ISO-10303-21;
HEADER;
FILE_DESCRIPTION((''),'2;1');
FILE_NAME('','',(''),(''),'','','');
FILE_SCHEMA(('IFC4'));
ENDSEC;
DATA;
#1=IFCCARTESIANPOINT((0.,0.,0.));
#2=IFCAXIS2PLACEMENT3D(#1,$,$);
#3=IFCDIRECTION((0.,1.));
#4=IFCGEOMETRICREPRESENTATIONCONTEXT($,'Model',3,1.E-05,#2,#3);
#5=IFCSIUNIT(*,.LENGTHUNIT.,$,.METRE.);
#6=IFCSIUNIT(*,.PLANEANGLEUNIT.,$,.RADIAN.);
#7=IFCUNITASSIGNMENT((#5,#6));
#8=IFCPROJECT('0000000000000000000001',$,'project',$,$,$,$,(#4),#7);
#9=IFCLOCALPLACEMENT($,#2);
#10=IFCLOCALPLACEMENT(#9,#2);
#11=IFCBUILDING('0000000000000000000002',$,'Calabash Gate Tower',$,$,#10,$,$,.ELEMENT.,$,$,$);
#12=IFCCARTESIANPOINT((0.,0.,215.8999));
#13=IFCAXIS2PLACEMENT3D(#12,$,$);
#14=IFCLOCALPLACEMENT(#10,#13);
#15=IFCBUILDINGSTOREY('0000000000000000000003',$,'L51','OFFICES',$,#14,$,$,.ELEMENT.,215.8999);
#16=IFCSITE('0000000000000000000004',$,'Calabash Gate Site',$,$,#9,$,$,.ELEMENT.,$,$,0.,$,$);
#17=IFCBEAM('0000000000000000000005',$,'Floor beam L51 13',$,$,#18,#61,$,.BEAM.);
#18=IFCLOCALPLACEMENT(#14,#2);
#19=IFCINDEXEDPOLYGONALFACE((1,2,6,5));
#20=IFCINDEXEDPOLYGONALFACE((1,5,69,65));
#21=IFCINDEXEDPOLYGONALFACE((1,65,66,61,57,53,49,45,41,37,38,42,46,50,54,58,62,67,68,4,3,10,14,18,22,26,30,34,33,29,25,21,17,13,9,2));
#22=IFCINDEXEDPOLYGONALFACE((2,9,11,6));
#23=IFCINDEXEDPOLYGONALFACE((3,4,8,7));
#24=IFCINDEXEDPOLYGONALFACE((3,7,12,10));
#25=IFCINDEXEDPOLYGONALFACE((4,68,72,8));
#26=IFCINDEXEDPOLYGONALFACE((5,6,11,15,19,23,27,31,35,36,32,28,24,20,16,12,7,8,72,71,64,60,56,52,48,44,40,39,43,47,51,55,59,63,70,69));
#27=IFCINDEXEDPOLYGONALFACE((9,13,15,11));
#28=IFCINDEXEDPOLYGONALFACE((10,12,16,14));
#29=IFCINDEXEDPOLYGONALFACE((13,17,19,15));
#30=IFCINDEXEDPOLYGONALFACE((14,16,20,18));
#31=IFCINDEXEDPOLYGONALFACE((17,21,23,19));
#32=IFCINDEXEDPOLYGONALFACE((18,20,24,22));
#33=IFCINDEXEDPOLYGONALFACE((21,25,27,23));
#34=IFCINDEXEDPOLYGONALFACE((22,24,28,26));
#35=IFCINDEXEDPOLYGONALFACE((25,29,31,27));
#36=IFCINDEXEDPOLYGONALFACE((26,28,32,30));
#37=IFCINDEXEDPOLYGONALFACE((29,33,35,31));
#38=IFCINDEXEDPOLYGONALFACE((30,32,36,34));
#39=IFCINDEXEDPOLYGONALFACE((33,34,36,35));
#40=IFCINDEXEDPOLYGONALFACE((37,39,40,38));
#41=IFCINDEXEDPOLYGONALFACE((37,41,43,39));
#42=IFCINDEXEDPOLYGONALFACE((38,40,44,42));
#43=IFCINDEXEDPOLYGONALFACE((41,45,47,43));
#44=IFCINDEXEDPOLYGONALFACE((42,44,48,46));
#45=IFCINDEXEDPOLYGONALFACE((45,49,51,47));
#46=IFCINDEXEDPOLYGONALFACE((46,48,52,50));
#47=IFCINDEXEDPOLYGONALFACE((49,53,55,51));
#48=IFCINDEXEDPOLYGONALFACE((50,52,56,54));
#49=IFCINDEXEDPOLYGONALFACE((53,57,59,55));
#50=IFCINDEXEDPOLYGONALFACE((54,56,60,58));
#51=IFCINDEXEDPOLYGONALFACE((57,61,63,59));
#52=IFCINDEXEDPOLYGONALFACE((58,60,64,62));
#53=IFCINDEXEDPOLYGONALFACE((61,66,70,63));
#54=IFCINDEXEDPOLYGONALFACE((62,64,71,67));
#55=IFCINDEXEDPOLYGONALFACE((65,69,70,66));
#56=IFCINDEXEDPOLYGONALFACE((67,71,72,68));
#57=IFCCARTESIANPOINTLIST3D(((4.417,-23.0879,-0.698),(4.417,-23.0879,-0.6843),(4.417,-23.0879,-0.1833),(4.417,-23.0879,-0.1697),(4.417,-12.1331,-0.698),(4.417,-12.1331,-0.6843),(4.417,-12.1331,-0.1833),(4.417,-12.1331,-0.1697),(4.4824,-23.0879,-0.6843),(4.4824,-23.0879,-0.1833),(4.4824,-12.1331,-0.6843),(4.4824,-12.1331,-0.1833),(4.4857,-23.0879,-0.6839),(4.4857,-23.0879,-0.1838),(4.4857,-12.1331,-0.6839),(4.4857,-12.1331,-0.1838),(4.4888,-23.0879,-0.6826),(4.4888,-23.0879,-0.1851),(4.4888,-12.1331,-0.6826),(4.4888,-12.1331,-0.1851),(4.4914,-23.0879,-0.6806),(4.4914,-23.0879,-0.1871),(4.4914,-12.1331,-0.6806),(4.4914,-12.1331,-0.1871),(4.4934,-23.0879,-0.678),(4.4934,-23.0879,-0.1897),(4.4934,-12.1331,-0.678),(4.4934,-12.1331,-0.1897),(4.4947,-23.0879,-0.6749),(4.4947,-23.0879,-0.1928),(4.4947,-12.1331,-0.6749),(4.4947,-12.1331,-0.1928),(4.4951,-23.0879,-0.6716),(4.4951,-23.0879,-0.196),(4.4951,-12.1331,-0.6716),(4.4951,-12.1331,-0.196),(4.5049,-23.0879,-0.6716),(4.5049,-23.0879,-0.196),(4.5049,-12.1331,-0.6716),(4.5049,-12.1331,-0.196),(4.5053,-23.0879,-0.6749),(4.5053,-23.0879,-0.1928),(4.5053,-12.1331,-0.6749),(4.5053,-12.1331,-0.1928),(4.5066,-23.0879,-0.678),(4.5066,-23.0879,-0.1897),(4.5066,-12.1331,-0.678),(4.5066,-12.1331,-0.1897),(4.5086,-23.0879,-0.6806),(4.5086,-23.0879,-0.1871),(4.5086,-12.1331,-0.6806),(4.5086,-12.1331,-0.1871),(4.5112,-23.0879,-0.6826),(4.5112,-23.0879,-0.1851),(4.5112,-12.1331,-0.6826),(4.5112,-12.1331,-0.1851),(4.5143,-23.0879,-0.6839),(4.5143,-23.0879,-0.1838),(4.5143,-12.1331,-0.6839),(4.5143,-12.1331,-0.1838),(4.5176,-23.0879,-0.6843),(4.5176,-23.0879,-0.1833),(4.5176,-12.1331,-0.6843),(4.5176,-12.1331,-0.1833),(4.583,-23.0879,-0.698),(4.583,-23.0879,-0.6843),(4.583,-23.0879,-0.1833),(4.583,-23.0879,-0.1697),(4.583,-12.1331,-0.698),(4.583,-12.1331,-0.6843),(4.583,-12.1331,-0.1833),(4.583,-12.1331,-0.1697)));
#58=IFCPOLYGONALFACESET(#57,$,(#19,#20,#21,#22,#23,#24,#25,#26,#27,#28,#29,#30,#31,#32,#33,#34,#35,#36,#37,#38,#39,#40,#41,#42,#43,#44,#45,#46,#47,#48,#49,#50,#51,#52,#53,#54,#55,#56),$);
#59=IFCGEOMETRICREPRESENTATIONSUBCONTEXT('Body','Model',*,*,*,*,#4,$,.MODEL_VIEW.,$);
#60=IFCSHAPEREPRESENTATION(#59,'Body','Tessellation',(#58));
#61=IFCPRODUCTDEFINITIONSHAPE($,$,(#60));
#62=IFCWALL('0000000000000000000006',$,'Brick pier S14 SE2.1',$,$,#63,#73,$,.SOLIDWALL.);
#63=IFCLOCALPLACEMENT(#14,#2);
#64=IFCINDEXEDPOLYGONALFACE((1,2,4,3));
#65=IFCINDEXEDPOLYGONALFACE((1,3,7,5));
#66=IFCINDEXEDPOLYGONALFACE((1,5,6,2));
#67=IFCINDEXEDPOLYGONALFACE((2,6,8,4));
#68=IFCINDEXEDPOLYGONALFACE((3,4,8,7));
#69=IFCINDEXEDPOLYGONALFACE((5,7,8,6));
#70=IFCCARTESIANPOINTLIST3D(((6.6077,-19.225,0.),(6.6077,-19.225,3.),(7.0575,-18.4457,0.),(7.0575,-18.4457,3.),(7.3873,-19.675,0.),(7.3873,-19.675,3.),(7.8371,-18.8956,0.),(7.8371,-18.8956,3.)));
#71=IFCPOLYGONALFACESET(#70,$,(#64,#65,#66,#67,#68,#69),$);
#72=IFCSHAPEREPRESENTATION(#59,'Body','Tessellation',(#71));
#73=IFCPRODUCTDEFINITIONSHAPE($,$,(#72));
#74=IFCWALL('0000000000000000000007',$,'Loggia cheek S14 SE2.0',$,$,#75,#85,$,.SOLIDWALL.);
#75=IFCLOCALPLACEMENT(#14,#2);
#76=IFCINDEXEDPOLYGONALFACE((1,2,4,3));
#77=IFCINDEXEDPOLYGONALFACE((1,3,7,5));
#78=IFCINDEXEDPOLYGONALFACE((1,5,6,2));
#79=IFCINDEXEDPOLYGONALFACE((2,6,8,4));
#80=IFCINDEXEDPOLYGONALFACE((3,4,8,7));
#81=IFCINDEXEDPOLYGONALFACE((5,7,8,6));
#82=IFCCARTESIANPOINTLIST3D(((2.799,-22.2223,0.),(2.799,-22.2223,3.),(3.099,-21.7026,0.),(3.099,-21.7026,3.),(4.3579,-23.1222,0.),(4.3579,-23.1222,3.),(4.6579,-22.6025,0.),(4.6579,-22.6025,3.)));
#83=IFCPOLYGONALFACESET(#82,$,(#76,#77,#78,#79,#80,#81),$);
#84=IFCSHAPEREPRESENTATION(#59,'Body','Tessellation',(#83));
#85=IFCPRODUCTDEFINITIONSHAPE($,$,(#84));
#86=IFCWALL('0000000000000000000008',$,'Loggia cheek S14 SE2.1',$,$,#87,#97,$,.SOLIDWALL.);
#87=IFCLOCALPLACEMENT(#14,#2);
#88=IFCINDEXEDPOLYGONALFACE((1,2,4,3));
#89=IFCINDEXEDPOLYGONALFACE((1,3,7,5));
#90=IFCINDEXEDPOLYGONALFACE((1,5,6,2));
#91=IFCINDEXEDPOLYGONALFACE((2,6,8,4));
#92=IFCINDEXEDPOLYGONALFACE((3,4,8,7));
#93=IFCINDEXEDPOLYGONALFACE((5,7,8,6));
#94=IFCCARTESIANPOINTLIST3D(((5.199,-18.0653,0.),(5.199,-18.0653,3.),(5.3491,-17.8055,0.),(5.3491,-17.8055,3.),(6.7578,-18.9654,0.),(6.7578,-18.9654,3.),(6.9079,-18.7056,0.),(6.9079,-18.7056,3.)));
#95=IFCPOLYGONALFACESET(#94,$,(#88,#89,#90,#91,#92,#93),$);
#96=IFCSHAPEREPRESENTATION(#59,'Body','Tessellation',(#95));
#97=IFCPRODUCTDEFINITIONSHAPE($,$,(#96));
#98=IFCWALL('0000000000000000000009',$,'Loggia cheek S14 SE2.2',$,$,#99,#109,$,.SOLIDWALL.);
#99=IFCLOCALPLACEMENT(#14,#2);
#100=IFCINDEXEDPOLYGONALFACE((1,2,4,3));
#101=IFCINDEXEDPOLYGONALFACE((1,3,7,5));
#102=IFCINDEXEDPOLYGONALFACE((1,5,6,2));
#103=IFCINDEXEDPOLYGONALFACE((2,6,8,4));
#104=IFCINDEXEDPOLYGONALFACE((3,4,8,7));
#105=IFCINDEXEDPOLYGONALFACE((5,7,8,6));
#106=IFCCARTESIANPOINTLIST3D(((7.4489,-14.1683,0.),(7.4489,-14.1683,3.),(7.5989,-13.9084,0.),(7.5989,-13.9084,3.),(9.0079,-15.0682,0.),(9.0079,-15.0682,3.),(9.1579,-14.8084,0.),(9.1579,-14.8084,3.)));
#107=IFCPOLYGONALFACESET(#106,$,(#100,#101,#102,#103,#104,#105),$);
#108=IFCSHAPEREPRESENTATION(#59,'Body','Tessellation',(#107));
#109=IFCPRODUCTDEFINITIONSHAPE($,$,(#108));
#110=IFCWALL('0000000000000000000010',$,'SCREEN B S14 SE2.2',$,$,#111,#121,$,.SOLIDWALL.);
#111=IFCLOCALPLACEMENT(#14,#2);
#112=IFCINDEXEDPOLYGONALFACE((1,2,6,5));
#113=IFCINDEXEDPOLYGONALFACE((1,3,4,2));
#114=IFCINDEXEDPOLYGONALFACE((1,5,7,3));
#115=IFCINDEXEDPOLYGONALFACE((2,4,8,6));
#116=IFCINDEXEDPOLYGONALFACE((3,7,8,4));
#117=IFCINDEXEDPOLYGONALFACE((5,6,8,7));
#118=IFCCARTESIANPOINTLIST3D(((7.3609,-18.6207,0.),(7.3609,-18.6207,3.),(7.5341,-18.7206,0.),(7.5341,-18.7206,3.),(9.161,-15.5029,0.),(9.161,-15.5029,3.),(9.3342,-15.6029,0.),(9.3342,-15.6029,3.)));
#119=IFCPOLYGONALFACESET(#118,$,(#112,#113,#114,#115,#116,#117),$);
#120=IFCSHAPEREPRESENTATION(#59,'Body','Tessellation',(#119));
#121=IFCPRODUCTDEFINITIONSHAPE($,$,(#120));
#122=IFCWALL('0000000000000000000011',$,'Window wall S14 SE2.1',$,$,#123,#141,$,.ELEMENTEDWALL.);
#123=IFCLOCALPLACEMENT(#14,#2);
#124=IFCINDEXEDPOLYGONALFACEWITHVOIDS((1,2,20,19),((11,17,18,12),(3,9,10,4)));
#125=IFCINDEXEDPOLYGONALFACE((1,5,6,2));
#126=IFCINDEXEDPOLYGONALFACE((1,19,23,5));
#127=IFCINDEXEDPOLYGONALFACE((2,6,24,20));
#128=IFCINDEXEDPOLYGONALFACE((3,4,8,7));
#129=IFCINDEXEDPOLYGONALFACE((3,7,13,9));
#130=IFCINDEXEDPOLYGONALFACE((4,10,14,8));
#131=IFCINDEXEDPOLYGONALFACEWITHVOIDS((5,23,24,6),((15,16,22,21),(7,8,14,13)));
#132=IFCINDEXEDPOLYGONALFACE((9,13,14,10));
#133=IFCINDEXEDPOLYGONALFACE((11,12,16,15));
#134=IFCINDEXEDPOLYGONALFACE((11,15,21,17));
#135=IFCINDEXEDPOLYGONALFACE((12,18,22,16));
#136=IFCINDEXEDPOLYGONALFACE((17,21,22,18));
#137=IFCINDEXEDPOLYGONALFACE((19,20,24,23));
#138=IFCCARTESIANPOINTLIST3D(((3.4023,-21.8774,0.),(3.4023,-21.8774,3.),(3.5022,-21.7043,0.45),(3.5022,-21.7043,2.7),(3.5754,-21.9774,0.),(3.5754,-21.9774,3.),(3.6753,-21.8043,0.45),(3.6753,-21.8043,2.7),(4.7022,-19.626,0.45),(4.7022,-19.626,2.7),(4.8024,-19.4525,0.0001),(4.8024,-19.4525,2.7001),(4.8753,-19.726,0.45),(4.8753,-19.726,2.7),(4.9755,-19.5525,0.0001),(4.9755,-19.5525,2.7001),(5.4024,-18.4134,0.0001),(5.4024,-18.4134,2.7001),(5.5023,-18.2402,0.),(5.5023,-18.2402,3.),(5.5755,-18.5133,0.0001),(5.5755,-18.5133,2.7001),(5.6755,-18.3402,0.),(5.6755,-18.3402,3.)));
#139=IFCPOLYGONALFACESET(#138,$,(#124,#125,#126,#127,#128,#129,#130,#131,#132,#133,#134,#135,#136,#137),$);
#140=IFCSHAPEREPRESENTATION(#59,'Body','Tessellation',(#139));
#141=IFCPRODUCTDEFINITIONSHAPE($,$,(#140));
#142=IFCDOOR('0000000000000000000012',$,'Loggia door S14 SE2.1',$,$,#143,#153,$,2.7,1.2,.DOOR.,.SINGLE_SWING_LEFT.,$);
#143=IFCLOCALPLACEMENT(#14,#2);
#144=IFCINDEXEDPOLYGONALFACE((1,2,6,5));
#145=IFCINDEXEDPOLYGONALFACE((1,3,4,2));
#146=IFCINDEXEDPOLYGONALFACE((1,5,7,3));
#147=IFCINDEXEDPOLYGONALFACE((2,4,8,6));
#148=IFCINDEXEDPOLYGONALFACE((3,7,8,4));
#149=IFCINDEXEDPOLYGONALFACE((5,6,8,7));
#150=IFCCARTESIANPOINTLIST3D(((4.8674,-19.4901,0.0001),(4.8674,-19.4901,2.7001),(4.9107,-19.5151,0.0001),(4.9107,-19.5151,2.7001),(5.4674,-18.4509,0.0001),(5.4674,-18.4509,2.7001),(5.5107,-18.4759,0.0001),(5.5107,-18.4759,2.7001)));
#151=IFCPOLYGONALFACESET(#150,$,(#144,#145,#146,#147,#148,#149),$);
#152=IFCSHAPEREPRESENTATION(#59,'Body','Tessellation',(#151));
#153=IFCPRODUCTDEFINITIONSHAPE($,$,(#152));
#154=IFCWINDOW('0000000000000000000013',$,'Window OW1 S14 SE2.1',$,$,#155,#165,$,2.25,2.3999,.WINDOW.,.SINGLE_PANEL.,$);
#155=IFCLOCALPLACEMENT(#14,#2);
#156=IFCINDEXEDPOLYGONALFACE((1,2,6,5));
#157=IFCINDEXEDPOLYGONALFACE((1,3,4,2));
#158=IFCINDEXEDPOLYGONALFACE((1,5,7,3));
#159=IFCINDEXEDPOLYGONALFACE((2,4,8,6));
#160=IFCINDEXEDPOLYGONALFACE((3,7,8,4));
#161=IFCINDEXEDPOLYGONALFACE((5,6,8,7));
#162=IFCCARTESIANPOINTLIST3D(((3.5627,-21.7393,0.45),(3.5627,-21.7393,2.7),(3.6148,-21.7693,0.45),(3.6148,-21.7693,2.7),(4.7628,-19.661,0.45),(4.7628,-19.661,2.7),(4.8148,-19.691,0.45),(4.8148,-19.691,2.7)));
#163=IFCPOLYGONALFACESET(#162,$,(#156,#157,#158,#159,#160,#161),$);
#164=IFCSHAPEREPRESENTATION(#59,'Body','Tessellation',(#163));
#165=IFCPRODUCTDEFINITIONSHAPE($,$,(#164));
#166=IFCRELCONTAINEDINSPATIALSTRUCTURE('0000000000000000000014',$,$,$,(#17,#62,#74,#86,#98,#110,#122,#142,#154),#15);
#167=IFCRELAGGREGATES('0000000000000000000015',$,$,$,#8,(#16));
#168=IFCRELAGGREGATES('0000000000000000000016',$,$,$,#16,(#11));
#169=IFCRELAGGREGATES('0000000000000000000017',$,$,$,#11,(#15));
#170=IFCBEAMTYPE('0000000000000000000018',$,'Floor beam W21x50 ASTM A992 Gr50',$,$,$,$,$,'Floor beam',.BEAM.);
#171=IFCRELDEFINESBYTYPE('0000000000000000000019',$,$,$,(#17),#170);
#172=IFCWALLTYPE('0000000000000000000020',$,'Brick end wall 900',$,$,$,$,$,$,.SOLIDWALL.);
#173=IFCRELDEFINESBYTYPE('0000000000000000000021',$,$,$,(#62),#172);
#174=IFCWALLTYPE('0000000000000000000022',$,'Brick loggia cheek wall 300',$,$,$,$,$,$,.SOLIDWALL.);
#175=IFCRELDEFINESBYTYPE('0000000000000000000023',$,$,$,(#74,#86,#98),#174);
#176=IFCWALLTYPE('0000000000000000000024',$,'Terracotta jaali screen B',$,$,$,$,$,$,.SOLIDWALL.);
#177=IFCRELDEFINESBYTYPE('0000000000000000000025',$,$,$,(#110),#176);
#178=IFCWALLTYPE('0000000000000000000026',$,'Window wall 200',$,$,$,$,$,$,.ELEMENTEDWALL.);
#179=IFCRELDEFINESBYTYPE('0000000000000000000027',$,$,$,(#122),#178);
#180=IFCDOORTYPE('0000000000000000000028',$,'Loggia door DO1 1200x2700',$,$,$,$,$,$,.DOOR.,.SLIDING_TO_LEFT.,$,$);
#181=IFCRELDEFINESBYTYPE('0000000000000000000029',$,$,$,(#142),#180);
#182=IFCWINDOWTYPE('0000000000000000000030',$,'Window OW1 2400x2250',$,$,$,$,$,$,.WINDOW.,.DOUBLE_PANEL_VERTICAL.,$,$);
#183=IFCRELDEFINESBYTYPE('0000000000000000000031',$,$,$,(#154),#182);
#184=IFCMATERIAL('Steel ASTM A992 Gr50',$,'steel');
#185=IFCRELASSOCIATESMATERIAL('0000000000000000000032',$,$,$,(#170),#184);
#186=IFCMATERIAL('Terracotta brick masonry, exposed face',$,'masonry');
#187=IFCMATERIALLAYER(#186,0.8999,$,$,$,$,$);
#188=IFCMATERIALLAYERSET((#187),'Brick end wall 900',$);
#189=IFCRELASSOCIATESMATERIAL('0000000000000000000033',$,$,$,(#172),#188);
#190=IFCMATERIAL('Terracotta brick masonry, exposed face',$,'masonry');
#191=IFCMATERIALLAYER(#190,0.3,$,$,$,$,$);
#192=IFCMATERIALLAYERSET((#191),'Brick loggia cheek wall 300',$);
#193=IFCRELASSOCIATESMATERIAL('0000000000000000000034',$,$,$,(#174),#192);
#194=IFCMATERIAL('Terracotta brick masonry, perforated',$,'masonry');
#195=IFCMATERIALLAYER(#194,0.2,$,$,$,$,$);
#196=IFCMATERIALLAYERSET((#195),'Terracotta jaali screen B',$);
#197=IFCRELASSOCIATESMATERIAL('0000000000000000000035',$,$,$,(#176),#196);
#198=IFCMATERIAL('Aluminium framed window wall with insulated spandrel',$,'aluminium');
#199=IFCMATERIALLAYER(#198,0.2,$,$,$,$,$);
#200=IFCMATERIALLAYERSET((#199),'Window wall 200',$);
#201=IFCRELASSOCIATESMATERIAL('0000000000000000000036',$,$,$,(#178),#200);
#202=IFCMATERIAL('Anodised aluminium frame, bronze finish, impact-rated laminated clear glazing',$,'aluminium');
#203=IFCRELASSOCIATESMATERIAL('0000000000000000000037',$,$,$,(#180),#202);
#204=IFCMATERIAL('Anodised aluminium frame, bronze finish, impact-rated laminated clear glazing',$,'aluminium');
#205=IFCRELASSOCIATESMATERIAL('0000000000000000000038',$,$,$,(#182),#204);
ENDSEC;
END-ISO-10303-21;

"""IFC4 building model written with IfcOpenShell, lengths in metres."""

from ifc_helpers import new_model, si_unit, direction, frame, frame_2d, origin, origin_2d, place, context, subcontext, project, spatial, rectangle, i_section, extrude, material, layer, layer_set, material_profile, profile_set, type_object, element, fill, save


model = new_model("IFC4")

# Units and contexts
model_context = context("Model", 3, precision=1e-05, world=origin(), true_north=direction((0.0, 1.0)))
body_context = subcontext(model_context, "Body", "Model", "MODEL_VIEW")
ifc_project = project(units=[si_unit("LENGTHUNIT", "METRE"), si_unit("PLANEANGLEUNIT", "RADIAN")], contexts=[model_context])

# Site, building, storey
site_placement = place(None, origin())
site = spatial("IfcSite", under=ifc_project, at=site_placement, Name="Calabash Gate Site", CompositionType="ELEMENT", RefElevation=0.0)
building_placement = place(site_placement, origin())
building = spatial("IfcBuilding", under=site, at=building_placement, Name="Calabash Gate Tower", CompositionType="ELEMENT")
storey_placement = place(building_placement, frame((0.0, 0.0, 215.8999)))
storey = spatial("IfcBuildingStorey", under=building, at=storey_placement, Name="L51", Description="OFFICES", CompositionType="ELEMENT", Elevation=215.8999)

# Beam
ifc_material_1 = material(Name="Steel ASTM A992 Gr50", Category="steel")
ifc_material_profile_1 = material_profile(ifc_material_1, i_section(OverallWidth=0.166, OverallDepth=0.5283, WebThickness=0.0098, FlangeThickness=0.0137, FilletRadius=0.0127, at=origin_2d()))
ifc_profile_set_1 = profile_set([ifc_material_profile_1], Name="Steel ASTM A992 Gr50")
beam_type_1 = type_object("IfcBeamType", Name="Floor beam W21x50 ASTM A992 Gr50", ElementType="Floor beam", PredefinedType="BEAM", material=ifc_profile_set_1)
beam_1_placement = place(storey_placement, frame((4.5, -23.0879, -0.4338), z_axis=(0.0, 1.0, 0.0), x_axis=(-1.0, 0.0, 0.0)))
element("IfcBeam", 1, at=beam_1_placement, inside=storey, type_object=beam_type_1, Name="Floor beam L51 13", PredefinedType="BEAM", context=body_context, shape_type="SweptSolid", body=[
    extrude(i_section(OverallWidth=0.166, OverallDepth=0.5283, WebThickness=0.0098, FlangeThickness=0.0137, FilletRadius=0.0127, at=origin_2d()), origin(), (0.0, 0.0, 1.0), 10.9548),
])

# Walls
ifc_material_2 = material(Name="Terracotta brick masonry, exposed face", Category="masonry")
ifc_layer_1 = layer(ifc_material_2, 0.8999)
ifc_layer_set_1 = layer_set([ifc_layer_1], Name="Brick end wall 900")
wall_type_1 = type_object("IfcWallType", Name="Brick end wall 900", PredefinedType="SOLIDWALL", material=ifc_layer_set_1)
wall_1_placement = place(storey_placement, frame((7.6123, -19.2854, 0.0), z_axis=(0.0, 0.0, 1.0), x_axis=(-0.866082, 0.499902, 0.0)))
element("IfcWall", 2, at=wall_1_placement, inside=storey, type_object=wall_type_1, Name="Brick pier S14 SE2.1", PredefinedType="SOLIDWALL", context=body_context, shape_type="SweptSolid", body=[
    extrude(rectangle(XDim=0.9001, YDim=0.8999, at=frame_2d((0.4502, 0.0))), origin(), (0.0, 0.0, 1.0), 3.0),
])
ifc_material_3 = material(Name="Terracotta brick masonry, exposed face", Category="masonry")
ifc_layer_2 = layer(ifc_material_3, 0.3)
ifc_layer_set_2 = layer_set([ifc_layer_2], Name="Brick loggia cheek wall 300")
wall_type_2 = type_object("IfcWallType", Name="Brick loggia cheek wall 300", PredefinedType="SOLIDWALL", material=ifc_layer_set_2)
wall_2_placement = place(storey_placement, frame((4.5078, -22.8623, 0.0), z_axis=(0.0, 0.0, 1.0), x_axis=(-0.866048, 0.499961, 0.0)))
element("IfcWall", 3, at=wall_2_placement, inside=storey, type_object=wall_type_2, Name="Loggia cheek S14 SE2.0", PredefinedType="SOLIDWALL", context=body_context, shape_type="SweptSolid", body=[
    extrude(rectangle(XDim=1.8, YDim=0.6001, at=frame_2d((0.8999, 0.0))), origin(), (0.0, 0.0, 1.0), 3.0),
])
for number, where, z_axis, x_axis, name in (
    (4, (6.8328, -18.8354, 0.0), (0.0, 0.0, 1.0), (-0.865989, 0.500063, 0.0), "Loggia cheek S14 SE2.1"),
    (5, (9.0828, -14.9382, 0.0), (0.0, 0.0, 1.0), (-0.866048, 0.499961, 0.0), "Loggia cheek S14 SE2.2"),
):
    element("IfcWall", number, at=place(storey_placement, frame(where, z_axis=z_axis, x_axis=x_axis)), inside=storey, type_object=wall_type_2, Name=name, PredefinedType="SOLIDWALL", context=body_context, shape_type="SweptSolid", body=[
        extrude(rectangle(XDim=1.8, YDim=0.3, at=frame_2d((0.8999, 0.0))), origin(), (0.0, 0.0, 1.0), 3.0),
    ])
ifc_material_4 = material(Name="Terracotta brick masonry, perforated", Category="masonry")
ifc_layer_3 = layer(ifc_material_4, 0.2)
ifc_layer_set_3 = layer_set([ifc_layer_3], Name="Terracotta jaali screen B")
wall_type_3 = type_object("IfcWallType", Name="Terracotta jaali screen B", PredefinedType="SOLIDWALL", material=ifc_layer_set_3)
wall_3_placement = place(storey_placement, frame((7.4475, -18.6707, 0.0), z_axis=(0.0, 0.0, 1.0), x_axis=(0.500012, 0.866018, 0.0)))
element("IfcWall", 6, at=wall_3_placement, inside=storey, type_object=wall_type_3, Name="SCREEN B S14 SE2.2", PredefinedType="SOLIDWALL", context=body_context, shape_type="SweptSolid", body=[
    extrude(rectangle(XDim=3.6001, YDim=0.2, at=frame_2d((1.8, 0.0))), origin(), (0.0, 0.0, 1.0), 3.0),
])

# Wall, openings, door, window
ifc_material_5 = material(Name="Aluminium framed window wall with insulated spandrel", Category="aluminium")
ifc_layer_4 = layer(ifc_material_5, 0.2)
ifc_layer_set_4 = layer_set([ifc_layer_4], Name="Window wall 200")
wall_type_4 = type_object("IfcWallType", Name="Window wall 200", PredefinedType="ELEMENTEDWALL", material=ifc_layer_set_4)
wall_4_placement = place(storey_placement, frame((3.4888, -21.9275, 0.0), z_axis=(0.0, 0.0, 1.0), x_axis=(0.500028, 0.866009, 0.0)))
wall_4 = element("IfcWall", 7, at=wall_4_placement, inside=storey, type_object=wall_type_4, Name="Window wall S14 SE2.1", PredefinedType="ELEMENTEDWALL", context=body_context, shape_type="SweptSolid", body=[
    extrude(rectangle(XDim=4.2, YDim=0.2, at=frame_2d((2.1001, 0.0))), origin(), (0.0, 0.0, 1.0), 3.0),
])
opening_1_placement = place(wall_4_placement, frame((0.2, 0.0, 0.45)))
opening_1 = element("IfcOpeningElement", 8, at=opening_1_placement, cuts=wall_4, PredefinedType="OPENING", context=body_context, shape_type="SweptSolid", body=[
    extrude(rectangle(XDim=2.3999, YDim=2.25, at=frame_2d((1.2, 1.125))), frame((0.0, 0.1099, 0.0), z_axis=(0.0, -1.0, 0.0), x_axis=(1.0, 0.0, 0.0)), (0.0, 0.0, 1.0), 0.22),
])
opening_2_placement = place(wall_4_placement, frame((2.8, 0.0, 0.0)))
opening_2 = element("IfcOpeningElement", 9, at=opening_2_placement, cuts=wall_4, PredefinedType="OPENING", context=body_context, shape_type="SweptSolid", body=[
    extrude(rectangle(XDim=1.2, YDim=2.7, at=frame_2d((0.6001, 1.3501))), frame((0.0, 0.1099, 0.0), z_axis=(0.0, -1.0, 0.0), x_axis=(1.0, 0.0, 0.0)), (0.0, 0.0, 1.0), 0.22),
])
ifc_material_6 = material(Name="Anodised aluminium frame, bronze finish, impact-rated laminated clear glazing", Category="aluminium")
door_type = type_object("IfcDoorType", Name="Loggia door DO1 1200x2700", OperationType="SLIDING_TO_LEFT", PredefinedType="DOOR", material=ifc_material_6)
door_placement = place(opening_2_placement, origin())
door = element("IfcDoor", 10, at=door_placement, inside=storey, type_object=door_type, Name="Loggia door S14 SE2.1", OperationType="SINGLE_SWING_LEFT", OverallHeight=2.7, OverallWidth=1.2, PredefinedType="DOOR", context=body_context, shape_type="SweptSolid", body=[
    extrude(rectangle(XDim=1.2, YDim=2.7, at=frame_2d((0.6001, 1.3501))), frame((0.0, 0.0249, 0.0), z_axis=(0.0, -1.0, 0.0), x_axis=(1.0, 0.0, 0.0)), (0.0, 0.0, 1.0), 0.05),
])
fill(opening_2, door)
ifc_material_7 = material(Name="Anodised aluminium frame, bronze finish, impact-rated laminated clear glazing", Category="aluminium")
window_type_1 = type_object("IfcWindowType", Name="Window OW1 2400x2250", PartitioningType="DOUBLE_PANEL_VERTICAL", PredefinedType="WINDOW", material=ifc_material_7)
window_1_placement = place(opening_1_placement, origin())
window_1 = element("IfcWindow", 11, at=window_1_placement, inside=storey, type_object=window_type_1, Name="Window OW1 S14 SE2.1", OverallHeight=2.25, OverallWidth=2.3999, PartitioningType="SINGLE_PANEL", PredefinedType="WINDOW", context=body_context, shape_type="SweptSolid", body=[
    extrude(rectangle(XDim=2.3999, YDim=2.25, at=frame_2d((1.2, 1.125))), frame((0.0, 0.03, 0.0), z_axis=(0.0, -1.0, 0.0), x_axis=(1.0, 0.0, 0.0)), (0.0, 0.0, 1.0), 0.0601),
])
fill(opening_1, window_1)

save(model, "model.ifc")
